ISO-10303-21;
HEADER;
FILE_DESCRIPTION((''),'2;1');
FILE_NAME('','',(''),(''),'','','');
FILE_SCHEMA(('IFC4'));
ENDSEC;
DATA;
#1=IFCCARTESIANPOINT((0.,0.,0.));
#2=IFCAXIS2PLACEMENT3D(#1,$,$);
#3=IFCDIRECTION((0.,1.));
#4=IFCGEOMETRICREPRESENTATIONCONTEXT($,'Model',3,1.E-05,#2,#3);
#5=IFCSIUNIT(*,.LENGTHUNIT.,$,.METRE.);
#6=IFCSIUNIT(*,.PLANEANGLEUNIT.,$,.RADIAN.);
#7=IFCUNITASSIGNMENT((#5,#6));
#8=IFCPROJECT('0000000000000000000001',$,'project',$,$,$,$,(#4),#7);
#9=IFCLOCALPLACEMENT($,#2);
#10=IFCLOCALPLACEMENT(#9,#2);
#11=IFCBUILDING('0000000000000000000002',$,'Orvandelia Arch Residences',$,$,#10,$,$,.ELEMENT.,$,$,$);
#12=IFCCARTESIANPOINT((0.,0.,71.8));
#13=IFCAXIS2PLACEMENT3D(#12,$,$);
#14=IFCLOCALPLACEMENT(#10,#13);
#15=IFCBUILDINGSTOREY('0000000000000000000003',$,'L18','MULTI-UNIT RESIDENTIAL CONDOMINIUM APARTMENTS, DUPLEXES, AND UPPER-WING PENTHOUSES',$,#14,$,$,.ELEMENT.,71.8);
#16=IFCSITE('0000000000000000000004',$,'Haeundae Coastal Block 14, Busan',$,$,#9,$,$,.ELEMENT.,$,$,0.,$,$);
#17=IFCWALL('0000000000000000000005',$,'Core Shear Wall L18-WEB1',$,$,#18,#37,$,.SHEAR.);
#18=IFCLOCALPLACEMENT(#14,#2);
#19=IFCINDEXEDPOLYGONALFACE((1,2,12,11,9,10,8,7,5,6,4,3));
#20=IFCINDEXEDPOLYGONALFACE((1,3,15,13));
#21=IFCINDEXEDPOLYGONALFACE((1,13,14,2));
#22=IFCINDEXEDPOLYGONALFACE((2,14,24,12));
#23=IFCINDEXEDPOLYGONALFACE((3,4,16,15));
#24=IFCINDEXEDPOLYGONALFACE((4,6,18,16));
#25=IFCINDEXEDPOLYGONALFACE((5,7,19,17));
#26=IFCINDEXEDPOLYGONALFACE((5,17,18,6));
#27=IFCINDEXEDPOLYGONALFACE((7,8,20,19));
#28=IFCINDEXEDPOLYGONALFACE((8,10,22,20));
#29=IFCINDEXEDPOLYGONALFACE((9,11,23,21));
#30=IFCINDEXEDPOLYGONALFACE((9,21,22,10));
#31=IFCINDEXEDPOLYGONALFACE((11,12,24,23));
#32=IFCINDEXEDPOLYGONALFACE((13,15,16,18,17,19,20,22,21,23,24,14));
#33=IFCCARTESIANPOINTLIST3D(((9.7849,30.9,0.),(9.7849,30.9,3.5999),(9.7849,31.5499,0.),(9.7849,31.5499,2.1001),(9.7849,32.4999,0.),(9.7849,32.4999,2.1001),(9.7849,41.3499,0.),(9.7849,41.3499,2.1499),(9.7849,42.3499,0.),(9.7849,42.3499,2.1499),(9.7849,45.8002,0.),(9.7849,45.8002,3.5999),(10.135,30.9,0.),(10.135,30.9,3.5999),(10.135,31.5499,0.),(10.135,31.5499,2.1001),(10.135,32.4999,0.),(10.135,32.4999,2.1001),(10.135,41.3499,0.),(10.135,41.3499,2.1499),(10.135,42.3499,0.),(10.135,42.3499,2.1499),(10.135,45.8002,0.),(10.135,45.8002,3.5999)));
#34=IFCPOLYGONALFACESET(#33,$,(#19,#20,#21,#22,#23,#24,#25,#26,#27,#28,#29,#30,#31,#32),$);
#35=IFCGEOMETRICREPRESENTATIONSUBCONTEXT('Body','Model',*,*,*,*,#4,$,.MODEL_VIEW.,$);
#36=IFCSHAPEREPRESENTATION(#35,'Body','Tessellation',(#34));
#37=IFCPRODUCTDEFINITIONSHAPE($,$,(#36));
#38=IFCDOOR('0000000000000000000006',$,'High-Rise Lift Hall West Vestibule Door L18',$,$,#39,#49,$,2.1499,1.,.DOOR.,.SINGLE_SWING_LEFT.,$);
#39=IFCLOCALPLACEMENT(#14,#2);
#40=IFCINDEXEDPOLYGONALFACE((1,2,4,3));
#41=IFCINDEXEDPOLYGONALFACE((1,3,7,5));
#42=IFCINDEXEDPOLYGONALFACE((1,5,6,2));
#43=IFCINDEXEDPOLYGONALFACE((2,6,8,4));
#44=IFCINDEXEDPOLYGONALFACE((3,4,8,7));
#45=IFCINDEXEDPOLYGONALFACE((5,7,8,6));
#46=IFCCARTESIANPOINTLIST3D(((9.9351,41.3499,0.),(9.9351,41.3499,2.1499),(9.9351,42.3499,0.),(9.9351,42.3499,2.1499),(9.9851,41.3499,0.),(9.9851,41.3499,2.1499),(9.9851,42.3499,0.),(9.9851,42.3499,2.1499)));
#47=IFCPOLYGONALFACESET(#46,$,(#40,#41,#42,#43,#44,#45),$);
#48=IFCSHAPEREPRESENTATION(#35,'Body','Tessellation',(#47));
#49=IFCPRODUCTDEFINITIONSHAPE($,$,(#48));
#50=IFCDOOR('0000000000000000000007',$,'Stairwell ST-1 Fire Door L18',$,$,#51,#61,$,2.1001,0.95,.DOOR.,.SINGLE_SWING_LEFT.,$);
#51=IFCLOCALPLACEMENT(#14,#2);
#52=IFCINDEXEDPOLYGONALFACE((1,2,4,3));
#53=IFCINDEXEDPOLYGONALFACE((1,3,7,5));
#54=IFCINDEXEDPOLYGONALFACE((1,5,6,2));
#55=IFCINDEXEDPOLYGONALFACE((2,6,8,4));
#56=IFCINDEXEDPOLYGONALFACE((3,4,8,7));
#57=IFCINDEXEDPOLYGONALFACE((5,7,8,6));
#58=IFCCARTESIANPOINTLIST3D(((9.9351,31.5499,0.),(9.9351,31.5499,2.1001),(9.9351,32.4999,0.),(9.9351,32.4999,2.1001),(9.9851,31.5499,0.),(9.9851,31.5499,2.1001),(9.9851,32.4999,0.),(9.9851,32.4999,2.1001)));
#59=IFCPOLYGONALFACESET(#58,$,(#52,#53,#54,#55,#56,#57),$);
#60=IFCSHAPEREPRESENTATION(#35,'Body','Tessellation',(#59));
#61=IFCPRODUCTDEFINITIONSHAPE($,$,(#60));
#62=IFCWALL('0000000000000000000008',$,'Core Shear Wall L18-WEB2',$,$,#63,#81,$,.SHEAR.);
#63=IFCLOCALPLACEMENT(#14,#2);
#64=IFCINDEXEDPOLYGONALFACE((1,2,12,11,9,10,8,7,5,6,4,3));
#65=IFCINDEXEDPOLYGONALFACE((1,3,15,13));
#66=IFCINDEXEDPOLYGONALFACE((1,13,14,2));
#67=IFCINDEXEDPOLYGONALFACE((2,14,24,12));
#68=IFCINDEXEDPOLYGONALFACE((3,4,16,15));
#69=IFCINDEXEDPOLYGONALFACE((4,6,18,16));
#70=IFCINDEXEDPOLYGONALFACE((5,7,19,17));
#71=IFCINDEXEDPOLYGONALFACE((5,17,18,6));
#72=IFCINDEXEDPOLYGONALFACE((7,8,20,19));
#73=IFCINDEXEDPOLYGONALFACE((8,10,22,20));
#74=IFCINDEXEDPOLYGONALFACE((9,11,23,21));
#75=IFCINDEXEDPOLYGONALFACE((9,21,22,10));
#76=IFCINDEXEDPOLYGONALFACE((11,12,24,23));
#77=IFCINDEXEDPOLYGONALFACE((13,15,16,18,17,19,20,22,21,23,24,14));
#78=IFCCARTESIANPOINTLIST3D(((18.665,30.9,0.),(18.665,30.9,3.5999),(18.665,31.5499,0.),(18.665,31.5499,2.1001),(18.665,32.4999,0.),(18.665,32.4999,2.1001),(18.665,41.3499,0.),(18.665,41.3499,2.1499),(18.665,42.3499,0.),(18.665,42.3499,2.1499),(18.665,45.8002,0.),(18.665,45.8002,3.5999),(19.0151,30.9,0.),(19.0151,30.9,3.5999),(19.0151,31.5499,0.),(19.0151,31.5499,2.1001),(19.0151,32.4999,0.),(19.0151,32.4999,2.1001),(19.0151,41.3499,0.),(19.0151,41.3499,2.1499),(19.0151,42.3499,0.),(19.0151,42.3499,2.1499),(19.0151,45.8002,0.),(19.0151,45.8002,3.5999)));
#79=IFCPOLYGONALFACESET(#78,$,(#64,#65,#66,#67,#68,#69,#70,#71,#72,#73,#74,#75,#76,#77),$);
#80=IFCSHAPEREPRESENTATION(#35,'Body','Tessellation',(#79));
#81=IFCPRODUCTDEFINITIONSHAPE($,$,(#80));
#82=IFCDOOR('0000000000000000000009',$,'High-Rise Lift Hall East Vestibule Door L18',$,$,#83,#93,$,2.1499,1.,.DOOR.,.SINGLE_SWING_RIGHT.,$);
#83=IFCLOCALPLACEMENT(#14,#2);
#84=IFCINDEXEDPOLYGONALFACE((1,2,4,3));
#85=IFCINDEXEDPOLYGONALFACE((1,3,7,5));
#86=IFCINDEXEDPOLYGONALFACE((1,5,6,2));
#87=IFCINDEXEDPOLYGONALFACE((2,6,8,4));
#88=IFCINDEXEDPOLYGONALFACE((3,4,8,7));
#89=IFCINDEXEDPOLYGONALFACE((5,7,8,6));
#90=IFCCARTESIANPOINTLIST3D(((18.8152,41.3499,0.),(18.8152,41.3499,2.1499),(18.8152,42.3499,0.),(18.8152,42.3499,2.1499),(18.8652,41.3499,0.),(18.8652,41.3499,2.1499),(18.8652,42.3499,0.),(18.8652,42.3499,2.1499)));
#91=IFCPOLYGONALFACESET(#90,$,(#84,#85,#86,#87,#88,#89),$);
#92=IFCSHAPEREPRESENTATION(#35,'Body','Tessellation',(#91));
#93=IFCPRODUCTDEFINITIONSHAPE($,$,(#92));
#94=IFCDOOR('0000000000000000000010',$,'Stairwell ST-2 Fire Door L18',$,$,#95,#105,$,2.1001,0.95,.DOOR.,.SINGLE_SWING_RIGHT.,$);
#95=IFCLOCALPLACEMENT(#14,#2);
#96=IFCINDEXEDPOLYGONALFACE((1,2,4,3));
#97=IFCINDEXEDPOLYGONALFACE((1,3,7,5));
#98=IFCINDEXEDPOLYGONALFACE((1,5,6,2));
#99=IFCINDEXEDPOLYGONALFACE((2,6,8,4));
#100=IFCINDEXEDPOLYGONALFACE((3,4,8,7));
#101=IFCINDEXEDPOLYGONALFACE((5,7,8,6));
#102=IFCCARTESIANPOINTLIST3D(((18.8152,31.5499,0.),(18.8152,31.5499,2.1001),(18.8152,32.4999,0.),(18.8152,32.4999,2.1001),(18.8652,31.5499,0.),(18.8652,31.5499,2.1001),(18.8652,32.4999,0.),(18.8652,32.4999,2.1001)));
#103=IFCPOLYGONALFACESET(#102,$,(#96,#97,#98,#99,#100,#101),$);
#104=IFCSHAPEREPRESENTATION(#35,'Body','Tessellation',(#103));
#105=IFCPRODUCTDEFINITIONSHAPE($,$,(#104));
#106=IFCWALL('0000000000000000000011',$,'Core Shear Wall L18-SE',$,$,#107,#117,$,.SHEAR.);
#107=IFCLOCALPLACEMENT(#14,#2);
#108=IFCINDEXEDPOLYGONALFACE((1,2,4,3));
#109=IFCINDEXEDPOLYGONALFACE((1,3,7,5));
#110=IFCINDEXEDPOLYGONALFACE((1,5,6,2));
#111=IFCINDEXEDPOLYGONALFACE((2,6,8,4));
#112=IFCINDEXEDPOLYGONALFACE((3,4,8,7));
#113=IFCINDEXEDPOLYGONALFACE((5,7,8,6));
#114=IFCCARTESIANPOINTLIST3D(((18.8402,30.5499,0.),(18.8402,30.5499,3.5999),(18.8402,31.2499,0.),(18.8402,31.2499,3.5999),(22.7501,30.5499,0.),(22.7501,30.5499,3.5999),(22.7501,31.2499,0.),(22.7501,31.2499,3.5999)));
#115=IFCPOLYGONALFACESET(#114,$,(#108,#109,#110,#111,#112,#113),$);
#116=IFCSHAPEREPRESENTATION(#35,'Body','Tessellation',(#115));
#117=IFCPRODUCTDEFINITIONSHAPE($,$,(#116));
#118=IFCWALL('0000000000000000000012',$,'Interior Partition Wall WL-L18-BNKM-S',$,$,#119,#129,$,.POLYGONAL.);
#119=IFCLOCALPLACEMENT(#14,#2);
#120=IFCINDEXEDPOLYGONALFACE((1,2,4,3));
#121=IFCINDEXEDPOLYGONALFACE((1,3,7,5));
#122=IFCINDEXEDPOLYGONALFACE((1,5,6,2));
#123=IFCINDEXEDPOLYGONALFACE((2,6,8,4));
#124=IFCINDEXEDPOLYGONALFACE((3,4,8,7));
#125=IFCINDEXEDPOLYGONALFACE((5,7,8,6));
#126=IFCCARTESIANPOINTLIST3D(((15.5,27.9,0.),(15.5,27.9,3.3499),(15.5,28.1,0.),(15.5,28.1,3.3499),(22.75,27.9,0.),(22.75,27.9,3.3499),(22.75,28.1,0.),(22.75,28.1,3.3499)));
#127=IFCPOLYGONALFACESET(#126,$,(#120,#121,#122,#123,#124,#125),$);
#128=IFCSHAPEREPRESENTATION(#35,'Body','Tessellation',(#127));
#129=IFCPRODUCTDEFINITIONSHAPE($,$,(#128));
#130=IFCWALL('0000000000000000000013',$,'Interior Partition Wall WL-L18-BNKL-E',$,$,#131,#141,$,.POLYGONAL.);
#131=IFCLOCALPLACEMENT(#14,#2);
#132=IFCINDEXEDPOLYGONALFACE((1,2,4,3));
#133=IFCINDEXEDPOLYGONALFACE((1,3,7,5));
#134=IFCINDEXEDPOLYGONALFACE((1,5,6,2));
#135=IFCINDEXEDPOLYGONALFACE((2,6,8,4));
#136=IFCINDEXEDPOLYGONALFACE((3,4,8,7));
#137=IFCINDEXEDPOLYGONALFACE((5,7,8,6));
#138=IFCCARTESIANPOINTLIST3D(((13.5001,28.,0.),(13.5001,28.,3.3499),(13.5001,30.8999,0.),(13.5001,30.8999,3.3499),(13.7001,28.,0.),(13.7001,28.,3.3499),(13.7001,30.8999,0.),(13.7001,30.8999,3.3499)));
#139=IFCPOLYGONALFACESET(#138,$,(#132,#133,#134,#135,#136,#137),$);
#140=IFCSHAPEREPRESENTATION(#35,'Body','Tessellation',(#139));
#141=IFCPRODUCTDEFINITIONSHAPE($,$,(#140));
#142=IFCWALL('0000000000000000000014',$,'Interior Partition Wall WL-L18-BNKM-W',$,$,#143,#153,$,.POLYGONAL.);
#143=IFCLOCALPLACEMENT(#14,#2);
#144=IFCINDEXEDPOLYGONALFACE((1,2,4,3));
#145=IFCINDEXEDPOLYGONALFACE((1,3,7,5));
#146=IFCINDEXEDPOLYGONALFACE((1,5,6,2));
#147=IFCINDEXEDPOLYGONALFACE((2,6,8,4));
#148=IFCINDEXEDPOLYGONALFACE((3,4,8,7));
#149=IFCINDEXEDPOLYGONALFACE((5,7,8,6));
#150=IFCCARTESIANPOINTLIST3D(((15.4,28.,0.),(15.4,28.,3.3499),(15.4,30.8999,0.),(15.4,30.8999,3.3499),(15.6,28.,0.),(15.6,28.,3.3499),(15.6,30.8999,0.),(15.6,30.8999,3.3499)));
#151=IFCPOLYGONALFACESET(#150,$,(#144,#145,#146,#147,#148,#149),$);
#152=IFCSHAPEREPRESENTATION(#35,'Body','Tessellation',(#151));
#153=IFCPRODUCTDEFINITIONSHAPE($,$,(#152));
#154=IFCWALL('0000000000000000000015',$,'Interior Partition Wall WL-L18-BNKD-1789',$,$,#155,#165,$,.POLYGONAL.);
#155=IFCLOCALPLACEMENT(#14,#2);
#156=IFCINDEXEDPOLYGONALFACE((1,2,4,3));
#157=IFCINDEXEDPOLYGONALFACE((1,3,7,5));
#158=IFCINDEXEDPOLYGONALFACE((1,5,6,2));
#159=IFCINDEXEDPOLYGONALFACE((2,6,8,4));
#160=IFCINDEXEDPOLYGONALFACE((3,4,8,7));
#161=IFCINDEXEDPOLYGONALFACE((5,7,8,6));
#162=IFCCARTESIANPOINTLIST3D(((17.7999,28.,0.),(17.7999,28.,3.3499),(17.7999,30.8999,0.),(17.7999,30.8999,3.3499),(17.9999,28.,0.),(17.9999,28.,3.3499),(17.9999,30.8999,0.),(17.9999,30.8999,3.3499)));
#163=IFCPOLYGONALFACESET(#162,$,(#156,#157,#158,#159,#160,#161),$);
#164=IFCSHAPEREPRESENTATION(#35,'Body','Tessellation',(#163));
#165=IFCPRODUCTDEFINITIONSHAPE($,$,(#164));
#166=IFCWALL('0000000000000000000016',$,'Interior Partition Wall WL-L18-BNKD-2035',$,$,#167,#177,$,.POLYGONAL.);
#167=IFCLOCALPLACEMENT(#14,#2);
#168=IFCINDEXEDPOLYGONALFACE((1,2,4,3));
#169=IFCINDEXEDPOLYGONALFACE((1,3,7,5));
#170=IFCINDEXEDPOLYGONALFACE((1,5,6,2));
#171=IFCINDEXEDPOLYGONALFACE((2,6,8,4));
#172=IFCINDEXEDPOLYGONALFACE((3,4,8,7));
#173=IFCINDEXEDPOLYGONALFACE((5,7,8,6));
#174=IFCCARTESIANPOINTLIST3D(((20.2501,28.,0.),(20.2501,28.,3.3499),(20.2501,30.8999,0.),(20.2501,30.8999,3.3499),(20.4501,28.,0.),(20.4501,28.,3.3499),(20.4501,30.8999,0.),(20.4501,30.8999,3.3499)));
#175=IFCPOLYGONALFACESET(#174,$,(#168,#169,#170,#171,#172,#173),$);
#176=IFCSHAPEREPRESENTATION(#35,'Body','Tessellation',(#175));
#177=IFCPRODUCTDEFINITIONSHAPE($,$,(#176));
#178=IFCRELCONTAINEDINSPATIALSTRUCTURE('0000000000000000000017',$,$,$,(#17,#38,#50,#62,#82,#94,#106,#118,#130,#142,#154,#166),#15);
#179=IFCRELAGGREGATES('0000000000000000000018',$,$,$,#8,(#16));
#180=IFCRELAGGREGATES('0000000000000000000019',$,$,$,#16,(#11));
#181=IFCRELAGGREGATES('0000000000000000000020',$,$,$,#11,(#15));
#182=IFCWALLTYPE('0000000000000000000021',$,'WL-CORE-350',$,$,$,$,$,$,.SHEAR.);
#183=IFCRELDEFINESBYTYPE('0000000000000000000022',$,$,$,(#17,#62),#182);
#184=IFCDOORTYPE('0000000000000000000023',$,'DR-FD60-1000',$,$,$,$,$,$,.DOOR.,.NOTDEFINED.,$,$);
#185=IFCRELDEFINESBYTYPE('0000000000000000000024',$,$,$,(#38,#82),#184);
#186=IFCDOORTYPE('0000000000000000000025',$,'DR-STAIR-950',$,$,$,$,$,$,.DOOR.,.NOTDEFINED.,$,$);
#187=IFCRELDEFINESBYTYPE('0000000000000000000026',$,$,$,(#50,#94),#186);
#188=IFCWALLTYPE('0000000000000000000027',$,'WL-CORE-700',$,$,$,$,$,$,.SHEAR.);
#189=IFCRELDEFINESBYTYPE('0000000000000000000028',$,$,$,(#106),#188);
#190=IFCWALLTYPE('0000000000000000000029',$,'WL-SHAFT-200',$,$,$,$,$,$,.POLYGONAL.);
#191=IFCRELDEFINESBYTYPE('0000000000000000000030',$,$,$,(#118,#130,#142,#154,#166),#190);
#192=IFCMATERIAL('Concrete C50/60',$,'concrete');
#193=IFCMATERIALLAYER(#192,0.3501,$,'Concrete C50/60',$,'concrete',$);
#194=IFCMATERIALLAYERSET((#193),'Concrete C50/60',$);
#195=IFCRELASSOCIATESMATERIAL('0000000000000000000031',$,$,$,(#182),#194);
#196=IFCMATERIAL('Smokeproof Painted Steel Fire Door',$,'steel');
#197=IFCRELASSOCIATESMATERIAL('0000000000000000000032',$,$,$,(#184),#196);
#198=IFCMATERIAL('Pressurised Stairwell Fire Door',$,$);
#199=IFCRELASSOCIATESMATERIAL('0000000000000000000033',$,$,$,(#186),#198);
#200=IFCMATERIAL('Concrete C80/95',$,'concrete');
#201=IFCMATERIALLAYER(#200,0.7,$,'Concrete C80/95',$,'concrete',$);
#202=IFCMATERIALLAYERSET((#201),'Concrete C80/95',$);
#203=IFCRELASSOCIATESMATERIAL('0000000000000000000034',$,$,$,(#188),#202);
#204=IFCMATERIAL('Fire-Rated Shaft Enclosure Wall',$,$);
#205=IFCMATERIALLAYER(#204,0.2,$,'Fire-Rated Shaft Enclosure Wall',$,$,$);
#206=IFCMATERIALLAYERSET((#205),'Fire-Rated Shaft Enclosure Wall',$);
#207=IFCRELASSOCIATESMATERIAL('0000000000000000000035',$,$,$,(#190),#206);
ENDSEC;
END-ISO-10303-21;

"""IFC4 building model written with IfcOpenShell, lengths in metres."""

from ifc_helpers import new_model, si_unit, direction, frame, frame_2d, origin, place, context, subcontext, project, spatial, rectangle, extrude, material, layer, layer_set, type_object, element, fill, save


model = new_model("IFC4")

# Units and contexts
model_context = context("Model", 3, precision=1e-05, world=origin(), true_north=direction((0.0, 1.0)))
body_context = subcontext(model_context, "Body", "Model", "MODEL_VIEW")
ifc_project = project(units=[si_unit("LENGTHUNIT", "METRE"), si_unit("PLANEANGLEUNIT", "RADIAN")], contexts=[model_context])

# Site, building, storey
site_placement = place(None, origin())
site = spatial("IfcSite", under=ifc_project, at=site_placement, Name="Haeundae Coastal Block 14, Busan", CompositionType="ELEMENT", RefElevation=0.0)
building_placement = place(site_placement, origin())
building = spatial("IfcBuilding", under=site, at=building_placement, Name="Orvandelia Arch Residences", CompositionType="ELEMENT")
storey_placement = place(building_placement, frame((0.0, 0.0, 71.8)))
storey = spatial("IfcBuildingStorey", under=building, at=storey_placement, Name="L18", Description="MULTI-UNIT RESIDENTIAL CONDOMINIUM APARTMENTS, DUPLEXES, AND UPPER-WING PENTHOUSES", CompositionType="ELEMENT", Elevation=71.8)

# Walls, openings, doors
ifc_material_1 = material(Name="Concrete C50/60", Category="concrete")
ifc_layer_1 = layer(ifc_material_1, 0.3501, Name="Concrete C50/60", Category="concrete")
ifc_layer_set_1 = layer_set([ifc_layer_1], Name="Concrete C50/60")
wall_type_1 = type_object("IfcWallType", Name="WL-CORE-350", PredefinedType="SHEAR", material=ifc_layer_set_1)
wall_1_placement = place(storey_placement, frame((9.96, 30.8999, 0.0), z_axis=(0.0, 0.0, 1.0), x_axis=(0.0, 1.0, 0.0)))
wall_1 = element("IfcWall", 1, at=wall_1_placement, inside=storey, type_object=wall_type_1, Name="Core Shear Wall L18-WEB1", PredefinedType="SHEAR", context=body_context, shape_type="SweptSolid", body=[
    extrude(rectangle(XDim=14.9001, YDim=0.3501, at=frame_2d((7.4502, 0.0))), origin(), (0.0, 0.0, 1.0), 3.5999),
])
opening_1_placement = place(wall_1_placement, frame((0.6499, 0.0, 0.0)))
opening_1 = element("IfcOpeningElement", 2, at=opening_1_placement, cuts=wall_1, PredefinedType="OPENING", context=body_context, shape_type="SweptSolid", body=[
    extrude(rectangle(XDim=0.95, YDim=2.1001, at=frame_2d((0.4751, 1.05))), frame((0.0, 0.1851, 0.0), z_axis=(0.0, -1.0, 0.0), x_axis=(1.0, 0.0, 0.0)), (0.0, 0.0, 1.0), 0.3701),
])
opening_2_placement = place(wall_1_placement, frame((10.45, 0.0, 0.0)))
opening_2 = element("IfcOpeningElement", 3, at=opening_2_placement, cuts=wall_1, PredefinedType="OPENING", context=body_context, shape_type="SweptSolid", body=[
    extrude(rectangle(XDim=1.0, YDim=2.1499, at=frame_2d((0.5, 1.075))), frame((0.0, 0.1851, 0.0), z_axis=(0.0, -1.0, 0.0), x_axis=(1.0, 0.0, 0.0)), (0.0, 0.0, 1.0), 0.3701),
])
ifc_material_2 = material(Name="Smokeproof Painted Steel Fire Door", Category="steel")
door_type_1 = type_object("IfcDoorType", Name="DR-FD60-1000", OperationType="NOTDEFINED", PredefinedType="DOOR", material=ifc_material_2)
door_1_placement = place(opening_2_placement, origin())
door_1 = element("IfcDoor", 4, at=door_1_placement, inside=storey, type_object=door_type_1, Name="High-Rise Lift Hall West Vestibule Door L18", OperationType="SINGLE_SWING_LEFT", OverallHeight=2.1499, OverallWidth=1.0, PredefinedType="DOOR", context=body_context, shape_type="SweptSolid", body=[
    extrude(rectangle(XDim=1.0, YDim=2.1499, at=frame_2d((0.5, 1.075))), frame((0.0, 0.0249, 0.0), z_axis=(0.0, -1.0, 0.0), x_axis=(1.0, 0.0, 0.0)), (0.0, 0.0, 1.0), 0.05),
])
fill(opening_2, door_1)
ifc_material_3 = material(Name="Pressurised Stairwell Fire Door")
door_type_2 = type_object("IfcDoorType", Name="DR-STAIR-950", OperationType="NOTDEFINED", PredefinedType="DOOR", material=ifc_material_3)
door_2_placement = place(opening_1_placement, origin())
door_2 = element("IfcDoor", 5, at=door_2_placement, inside=storey, type_object=door_type_2, Name="Stairwell ST-1 Fire Door L18", OperationType="SINGLE_SWING_LEFT", OverallHeight=2.1001, OverallWidth=0.95, PredefinedType="DOOR", context=body_context, shape_type="SweptSolid", body=[
    extrude(rectangle(XDim=0.95, YDim=2.1001, at=frame_2d((0.4751, 1.05))), frame((0.0, 0.0249, 0.0), z_axis=(0.0, -1.0, 0.0), x_axis=(1.0, 0.0, 0.0)), (0.0, 0.0, 1.0), 0.05),
])
fill(opening_1, door_2)
wall_2_placement = place(storey_placement, frame((18.8401, 30.8999, 0.0), z_axis=(0.0, 0.0, 1.0), x_axis=(0.0, 1.0, 0.0)))
wall_2 = element("IfcWall", 6, at=wall_2_placement, inside=storey, type_object=wall_type_1, Name="Core Shear Wall L18-WEB2", PredefinedType="SHEAR", context=body_context, shape_type="SweptSolid", body=[
    extrude(rectangle(XDim=14.9001, YDim=0.3501, at=frame_2d((7.4502, 0.0))), origin(), (0.0, 0.0, 1.0), 3.5999),
])
opening_3_placement = place(wall_2_placement, frame((0.6499, 0.0, 0.0)))
opening_3 = element("IfcOpeningElement", 7, at=opening_3_placement, cuts=wall_2, PredefinedType="OPENING", context=body_context, shape_type="SweptSolid", body=[
    extrude(rectangle(XDim=0.95, YDim=2.1001, at=frame_2d((0.4751, 1.05))), frame((0.0, 0.1851, 0.0), z_axis=(0.0, -1.0, 0.0), x_axis=(1.0, 0.0, 0.0)), (0.0, 0.0, 1.0), 0.3701),
])
opening_4_placement = place(wall_2_placement, frame((10.45, 0.0, 0.0)))
opening_4 = element("IfcOpeningElement", 8, at=opening_4_placement, cuts=wall_2, PredefinedType="OPENING", context=body_context, shape_type="SweptSolid", body=[
    extrude(rectangle(XDim=1.0, YDim=2.1499, at=frame_2d((0.5, 1.075))), frame((0.0, 0.1851, 0.0), z_axis=(0.0, -1.0, 0.0), x_axis=(1.0, 0.0, 0.0)), (0.0, 0.0, 1.0), 0.3701),
])
door_3_placement = place(opening_4_placement, origin())
door_3 = element("IfcDoor", 9, at=door_3_placement, inside=storey, type_object=door_type_1, Name="High-Rise Lift Hall East Vestibule Door L18", OperationType="SINGLE_SWING_RIGHT", OverallHeight=2.1499, OverallWidth=1.0, PredefinedType="DOOR", context=body_context, shape_type="SweptSolid", body=[
    extrude(rectangle(XDim=1.0, YDim=2.1499, at=frame_2d((0.5, 1.075))), frame((0.0, 0.0249, 0.0), z_axis=(0.0, -1.0, 0.0), x_axis=(1.0, 0.0, 0.0)), (0.0, 0.0, 1.0), 0.05),
])
fill(opening_4, door_3)
door_4_placement = place(opening_3_placement, origin())
door_4 = element("IfcDoor", 10, at=door_4_placement, inside=storey, type_object=door_type_2, Name="Stairwell ST-2 Fire Door L18", OperationType="SINGLE_SWING_RIGHT", OverallHeight=2.1001, OverallWidth=0.95, PredefinedType="DOOR", context=body_context, shape_type="SweptSolid", body=[
    extrude(rectangle(XDim=0.95, YDim=2.1001, at=frame_2d((0.4751, 1.05))), frame((0.0, 0.0249, 0.0), z_axis=(0.0, -1.0, 0.0), x_axis=(1.0, 0.0, 0.0)), (0.0, 0.0, 1.0), 0.05),
])
fill(opening_3, door_4)

# Shared definitions
ifc_material_4 = material(Name="Concrete C80/95", Category="concrete")
ifc_layer_2 = layer(ifc_material_4, 0.7, Name="Concrete C80/95", Category="concrete")
ifc_layer_set_2 = layer_set([ifc_layer_2], Name="Concrete C80/95")
wall_type_2 = type_object("IfcWallType", Name="WL-CORE-700", PredefinedType="SHEAR", material=ifc_layer_set_2)

# Walls
wall_3_placement = place(storey_placement, frame((18.8401, 30.8999, 0.0), z_axis=(0.0, 0.0, 1.0), x_axis=(1.0, 0.0, 0.0)))
element("IfcWall", 11, at=wall_3_placement, inside=storey, type_object=wall_type_2, Name="Core Shear Wall L18-SE", PredefinedType="SHEAR", context=body_context, shape_type="SweptSolid", body=[
    extrude(rectangle(XDim=3.9099, YDim=0.7, at=frame_2d((1.9551, 0.0))), origin(), (0.0, 0.0, 1.0), 3.5999),
])
ifc_material_5 = material(Name="Fire-Rated Shaft Enclosure Wall")
ifc_layer_3 = layer(ifc_material_5, 0.2, Name="Fire-Rated Shaft Enclosure Wall")
ifc_layer_set_3 = layer_set([ifc_layer_3], Name="Fire-Rated Shaft Enclosure Wall")
wall_type_3 = type_object("IfcWallType", Name="WL-SHAFT-200", PredefinedType="POLYGONAL", material=ifc_layer_set_3)
wall_4_placement = place(storey_placement, frame((15.5, 28.0, 0.0), z_axis=(0.0, 0.0, 1.0), x_axis=(1.0, 0.0, 0.0)))
element("IfcWall", 12, at=wall_4_placement, inside=storey, type_object=wall_type_3, Name="Interior Partition Wall WL-L18-BNKM-S", PredefinedType="POLYGONAL", context=body_context, shape_type="SweptSolid", body=[
    extrude(rectangle(XDim=7.25, YDim=0.2, at=frame_2d((3.625, 0.0))), origin(), (0.0, 0.0, 1.0), 3.3499),
])
for number, where, z_axis, x_axis, name in (
    (13, (13.6001, 28.0, 0.0), (0.0, 0.0, 1.0), (0.0, 1.0, 0.0), "Interior Partition Wall WL-L18-BNKL-E"),
    (14, (15.5, 28.0, 0.0), (0.0, 0.0, 1.0), (0.0, 1.0, 0.0), "Interior Partition Wall WL-L18-BNKM-W"),
    (15, (17.8999, 28.0, 0.0), (0.0, 0.0, 1.0), (0.0, 1.0, 0.0), "Interior Partition Wall WL-L18-BNKD-1789"),
    (16, (20.3501, 28.0, 0.0), (0.0, 0.0, 1.0), (0.0, 1.0, 0.0), "Interior Partition Wall WL-L18-BNKD-2035"),
):
    element("IfcWall", number, at=place(storey_placement, frame(where, z_axis=z_axis, x_axis=x_axis)), inside=storey, type_object=wall_type_3, Name=name, PredefinedType="POLYGONAL", context=body_context, shape_type="SweptSolid", body=[
        extrude(rectangle(XDim=2.8999, YDim=0.2, at=frame_2d((1.45, 0.0))), origin(), (0.0, 0.0, 1.0), 3.3499),
    ])

save(model, "model.ifc")
